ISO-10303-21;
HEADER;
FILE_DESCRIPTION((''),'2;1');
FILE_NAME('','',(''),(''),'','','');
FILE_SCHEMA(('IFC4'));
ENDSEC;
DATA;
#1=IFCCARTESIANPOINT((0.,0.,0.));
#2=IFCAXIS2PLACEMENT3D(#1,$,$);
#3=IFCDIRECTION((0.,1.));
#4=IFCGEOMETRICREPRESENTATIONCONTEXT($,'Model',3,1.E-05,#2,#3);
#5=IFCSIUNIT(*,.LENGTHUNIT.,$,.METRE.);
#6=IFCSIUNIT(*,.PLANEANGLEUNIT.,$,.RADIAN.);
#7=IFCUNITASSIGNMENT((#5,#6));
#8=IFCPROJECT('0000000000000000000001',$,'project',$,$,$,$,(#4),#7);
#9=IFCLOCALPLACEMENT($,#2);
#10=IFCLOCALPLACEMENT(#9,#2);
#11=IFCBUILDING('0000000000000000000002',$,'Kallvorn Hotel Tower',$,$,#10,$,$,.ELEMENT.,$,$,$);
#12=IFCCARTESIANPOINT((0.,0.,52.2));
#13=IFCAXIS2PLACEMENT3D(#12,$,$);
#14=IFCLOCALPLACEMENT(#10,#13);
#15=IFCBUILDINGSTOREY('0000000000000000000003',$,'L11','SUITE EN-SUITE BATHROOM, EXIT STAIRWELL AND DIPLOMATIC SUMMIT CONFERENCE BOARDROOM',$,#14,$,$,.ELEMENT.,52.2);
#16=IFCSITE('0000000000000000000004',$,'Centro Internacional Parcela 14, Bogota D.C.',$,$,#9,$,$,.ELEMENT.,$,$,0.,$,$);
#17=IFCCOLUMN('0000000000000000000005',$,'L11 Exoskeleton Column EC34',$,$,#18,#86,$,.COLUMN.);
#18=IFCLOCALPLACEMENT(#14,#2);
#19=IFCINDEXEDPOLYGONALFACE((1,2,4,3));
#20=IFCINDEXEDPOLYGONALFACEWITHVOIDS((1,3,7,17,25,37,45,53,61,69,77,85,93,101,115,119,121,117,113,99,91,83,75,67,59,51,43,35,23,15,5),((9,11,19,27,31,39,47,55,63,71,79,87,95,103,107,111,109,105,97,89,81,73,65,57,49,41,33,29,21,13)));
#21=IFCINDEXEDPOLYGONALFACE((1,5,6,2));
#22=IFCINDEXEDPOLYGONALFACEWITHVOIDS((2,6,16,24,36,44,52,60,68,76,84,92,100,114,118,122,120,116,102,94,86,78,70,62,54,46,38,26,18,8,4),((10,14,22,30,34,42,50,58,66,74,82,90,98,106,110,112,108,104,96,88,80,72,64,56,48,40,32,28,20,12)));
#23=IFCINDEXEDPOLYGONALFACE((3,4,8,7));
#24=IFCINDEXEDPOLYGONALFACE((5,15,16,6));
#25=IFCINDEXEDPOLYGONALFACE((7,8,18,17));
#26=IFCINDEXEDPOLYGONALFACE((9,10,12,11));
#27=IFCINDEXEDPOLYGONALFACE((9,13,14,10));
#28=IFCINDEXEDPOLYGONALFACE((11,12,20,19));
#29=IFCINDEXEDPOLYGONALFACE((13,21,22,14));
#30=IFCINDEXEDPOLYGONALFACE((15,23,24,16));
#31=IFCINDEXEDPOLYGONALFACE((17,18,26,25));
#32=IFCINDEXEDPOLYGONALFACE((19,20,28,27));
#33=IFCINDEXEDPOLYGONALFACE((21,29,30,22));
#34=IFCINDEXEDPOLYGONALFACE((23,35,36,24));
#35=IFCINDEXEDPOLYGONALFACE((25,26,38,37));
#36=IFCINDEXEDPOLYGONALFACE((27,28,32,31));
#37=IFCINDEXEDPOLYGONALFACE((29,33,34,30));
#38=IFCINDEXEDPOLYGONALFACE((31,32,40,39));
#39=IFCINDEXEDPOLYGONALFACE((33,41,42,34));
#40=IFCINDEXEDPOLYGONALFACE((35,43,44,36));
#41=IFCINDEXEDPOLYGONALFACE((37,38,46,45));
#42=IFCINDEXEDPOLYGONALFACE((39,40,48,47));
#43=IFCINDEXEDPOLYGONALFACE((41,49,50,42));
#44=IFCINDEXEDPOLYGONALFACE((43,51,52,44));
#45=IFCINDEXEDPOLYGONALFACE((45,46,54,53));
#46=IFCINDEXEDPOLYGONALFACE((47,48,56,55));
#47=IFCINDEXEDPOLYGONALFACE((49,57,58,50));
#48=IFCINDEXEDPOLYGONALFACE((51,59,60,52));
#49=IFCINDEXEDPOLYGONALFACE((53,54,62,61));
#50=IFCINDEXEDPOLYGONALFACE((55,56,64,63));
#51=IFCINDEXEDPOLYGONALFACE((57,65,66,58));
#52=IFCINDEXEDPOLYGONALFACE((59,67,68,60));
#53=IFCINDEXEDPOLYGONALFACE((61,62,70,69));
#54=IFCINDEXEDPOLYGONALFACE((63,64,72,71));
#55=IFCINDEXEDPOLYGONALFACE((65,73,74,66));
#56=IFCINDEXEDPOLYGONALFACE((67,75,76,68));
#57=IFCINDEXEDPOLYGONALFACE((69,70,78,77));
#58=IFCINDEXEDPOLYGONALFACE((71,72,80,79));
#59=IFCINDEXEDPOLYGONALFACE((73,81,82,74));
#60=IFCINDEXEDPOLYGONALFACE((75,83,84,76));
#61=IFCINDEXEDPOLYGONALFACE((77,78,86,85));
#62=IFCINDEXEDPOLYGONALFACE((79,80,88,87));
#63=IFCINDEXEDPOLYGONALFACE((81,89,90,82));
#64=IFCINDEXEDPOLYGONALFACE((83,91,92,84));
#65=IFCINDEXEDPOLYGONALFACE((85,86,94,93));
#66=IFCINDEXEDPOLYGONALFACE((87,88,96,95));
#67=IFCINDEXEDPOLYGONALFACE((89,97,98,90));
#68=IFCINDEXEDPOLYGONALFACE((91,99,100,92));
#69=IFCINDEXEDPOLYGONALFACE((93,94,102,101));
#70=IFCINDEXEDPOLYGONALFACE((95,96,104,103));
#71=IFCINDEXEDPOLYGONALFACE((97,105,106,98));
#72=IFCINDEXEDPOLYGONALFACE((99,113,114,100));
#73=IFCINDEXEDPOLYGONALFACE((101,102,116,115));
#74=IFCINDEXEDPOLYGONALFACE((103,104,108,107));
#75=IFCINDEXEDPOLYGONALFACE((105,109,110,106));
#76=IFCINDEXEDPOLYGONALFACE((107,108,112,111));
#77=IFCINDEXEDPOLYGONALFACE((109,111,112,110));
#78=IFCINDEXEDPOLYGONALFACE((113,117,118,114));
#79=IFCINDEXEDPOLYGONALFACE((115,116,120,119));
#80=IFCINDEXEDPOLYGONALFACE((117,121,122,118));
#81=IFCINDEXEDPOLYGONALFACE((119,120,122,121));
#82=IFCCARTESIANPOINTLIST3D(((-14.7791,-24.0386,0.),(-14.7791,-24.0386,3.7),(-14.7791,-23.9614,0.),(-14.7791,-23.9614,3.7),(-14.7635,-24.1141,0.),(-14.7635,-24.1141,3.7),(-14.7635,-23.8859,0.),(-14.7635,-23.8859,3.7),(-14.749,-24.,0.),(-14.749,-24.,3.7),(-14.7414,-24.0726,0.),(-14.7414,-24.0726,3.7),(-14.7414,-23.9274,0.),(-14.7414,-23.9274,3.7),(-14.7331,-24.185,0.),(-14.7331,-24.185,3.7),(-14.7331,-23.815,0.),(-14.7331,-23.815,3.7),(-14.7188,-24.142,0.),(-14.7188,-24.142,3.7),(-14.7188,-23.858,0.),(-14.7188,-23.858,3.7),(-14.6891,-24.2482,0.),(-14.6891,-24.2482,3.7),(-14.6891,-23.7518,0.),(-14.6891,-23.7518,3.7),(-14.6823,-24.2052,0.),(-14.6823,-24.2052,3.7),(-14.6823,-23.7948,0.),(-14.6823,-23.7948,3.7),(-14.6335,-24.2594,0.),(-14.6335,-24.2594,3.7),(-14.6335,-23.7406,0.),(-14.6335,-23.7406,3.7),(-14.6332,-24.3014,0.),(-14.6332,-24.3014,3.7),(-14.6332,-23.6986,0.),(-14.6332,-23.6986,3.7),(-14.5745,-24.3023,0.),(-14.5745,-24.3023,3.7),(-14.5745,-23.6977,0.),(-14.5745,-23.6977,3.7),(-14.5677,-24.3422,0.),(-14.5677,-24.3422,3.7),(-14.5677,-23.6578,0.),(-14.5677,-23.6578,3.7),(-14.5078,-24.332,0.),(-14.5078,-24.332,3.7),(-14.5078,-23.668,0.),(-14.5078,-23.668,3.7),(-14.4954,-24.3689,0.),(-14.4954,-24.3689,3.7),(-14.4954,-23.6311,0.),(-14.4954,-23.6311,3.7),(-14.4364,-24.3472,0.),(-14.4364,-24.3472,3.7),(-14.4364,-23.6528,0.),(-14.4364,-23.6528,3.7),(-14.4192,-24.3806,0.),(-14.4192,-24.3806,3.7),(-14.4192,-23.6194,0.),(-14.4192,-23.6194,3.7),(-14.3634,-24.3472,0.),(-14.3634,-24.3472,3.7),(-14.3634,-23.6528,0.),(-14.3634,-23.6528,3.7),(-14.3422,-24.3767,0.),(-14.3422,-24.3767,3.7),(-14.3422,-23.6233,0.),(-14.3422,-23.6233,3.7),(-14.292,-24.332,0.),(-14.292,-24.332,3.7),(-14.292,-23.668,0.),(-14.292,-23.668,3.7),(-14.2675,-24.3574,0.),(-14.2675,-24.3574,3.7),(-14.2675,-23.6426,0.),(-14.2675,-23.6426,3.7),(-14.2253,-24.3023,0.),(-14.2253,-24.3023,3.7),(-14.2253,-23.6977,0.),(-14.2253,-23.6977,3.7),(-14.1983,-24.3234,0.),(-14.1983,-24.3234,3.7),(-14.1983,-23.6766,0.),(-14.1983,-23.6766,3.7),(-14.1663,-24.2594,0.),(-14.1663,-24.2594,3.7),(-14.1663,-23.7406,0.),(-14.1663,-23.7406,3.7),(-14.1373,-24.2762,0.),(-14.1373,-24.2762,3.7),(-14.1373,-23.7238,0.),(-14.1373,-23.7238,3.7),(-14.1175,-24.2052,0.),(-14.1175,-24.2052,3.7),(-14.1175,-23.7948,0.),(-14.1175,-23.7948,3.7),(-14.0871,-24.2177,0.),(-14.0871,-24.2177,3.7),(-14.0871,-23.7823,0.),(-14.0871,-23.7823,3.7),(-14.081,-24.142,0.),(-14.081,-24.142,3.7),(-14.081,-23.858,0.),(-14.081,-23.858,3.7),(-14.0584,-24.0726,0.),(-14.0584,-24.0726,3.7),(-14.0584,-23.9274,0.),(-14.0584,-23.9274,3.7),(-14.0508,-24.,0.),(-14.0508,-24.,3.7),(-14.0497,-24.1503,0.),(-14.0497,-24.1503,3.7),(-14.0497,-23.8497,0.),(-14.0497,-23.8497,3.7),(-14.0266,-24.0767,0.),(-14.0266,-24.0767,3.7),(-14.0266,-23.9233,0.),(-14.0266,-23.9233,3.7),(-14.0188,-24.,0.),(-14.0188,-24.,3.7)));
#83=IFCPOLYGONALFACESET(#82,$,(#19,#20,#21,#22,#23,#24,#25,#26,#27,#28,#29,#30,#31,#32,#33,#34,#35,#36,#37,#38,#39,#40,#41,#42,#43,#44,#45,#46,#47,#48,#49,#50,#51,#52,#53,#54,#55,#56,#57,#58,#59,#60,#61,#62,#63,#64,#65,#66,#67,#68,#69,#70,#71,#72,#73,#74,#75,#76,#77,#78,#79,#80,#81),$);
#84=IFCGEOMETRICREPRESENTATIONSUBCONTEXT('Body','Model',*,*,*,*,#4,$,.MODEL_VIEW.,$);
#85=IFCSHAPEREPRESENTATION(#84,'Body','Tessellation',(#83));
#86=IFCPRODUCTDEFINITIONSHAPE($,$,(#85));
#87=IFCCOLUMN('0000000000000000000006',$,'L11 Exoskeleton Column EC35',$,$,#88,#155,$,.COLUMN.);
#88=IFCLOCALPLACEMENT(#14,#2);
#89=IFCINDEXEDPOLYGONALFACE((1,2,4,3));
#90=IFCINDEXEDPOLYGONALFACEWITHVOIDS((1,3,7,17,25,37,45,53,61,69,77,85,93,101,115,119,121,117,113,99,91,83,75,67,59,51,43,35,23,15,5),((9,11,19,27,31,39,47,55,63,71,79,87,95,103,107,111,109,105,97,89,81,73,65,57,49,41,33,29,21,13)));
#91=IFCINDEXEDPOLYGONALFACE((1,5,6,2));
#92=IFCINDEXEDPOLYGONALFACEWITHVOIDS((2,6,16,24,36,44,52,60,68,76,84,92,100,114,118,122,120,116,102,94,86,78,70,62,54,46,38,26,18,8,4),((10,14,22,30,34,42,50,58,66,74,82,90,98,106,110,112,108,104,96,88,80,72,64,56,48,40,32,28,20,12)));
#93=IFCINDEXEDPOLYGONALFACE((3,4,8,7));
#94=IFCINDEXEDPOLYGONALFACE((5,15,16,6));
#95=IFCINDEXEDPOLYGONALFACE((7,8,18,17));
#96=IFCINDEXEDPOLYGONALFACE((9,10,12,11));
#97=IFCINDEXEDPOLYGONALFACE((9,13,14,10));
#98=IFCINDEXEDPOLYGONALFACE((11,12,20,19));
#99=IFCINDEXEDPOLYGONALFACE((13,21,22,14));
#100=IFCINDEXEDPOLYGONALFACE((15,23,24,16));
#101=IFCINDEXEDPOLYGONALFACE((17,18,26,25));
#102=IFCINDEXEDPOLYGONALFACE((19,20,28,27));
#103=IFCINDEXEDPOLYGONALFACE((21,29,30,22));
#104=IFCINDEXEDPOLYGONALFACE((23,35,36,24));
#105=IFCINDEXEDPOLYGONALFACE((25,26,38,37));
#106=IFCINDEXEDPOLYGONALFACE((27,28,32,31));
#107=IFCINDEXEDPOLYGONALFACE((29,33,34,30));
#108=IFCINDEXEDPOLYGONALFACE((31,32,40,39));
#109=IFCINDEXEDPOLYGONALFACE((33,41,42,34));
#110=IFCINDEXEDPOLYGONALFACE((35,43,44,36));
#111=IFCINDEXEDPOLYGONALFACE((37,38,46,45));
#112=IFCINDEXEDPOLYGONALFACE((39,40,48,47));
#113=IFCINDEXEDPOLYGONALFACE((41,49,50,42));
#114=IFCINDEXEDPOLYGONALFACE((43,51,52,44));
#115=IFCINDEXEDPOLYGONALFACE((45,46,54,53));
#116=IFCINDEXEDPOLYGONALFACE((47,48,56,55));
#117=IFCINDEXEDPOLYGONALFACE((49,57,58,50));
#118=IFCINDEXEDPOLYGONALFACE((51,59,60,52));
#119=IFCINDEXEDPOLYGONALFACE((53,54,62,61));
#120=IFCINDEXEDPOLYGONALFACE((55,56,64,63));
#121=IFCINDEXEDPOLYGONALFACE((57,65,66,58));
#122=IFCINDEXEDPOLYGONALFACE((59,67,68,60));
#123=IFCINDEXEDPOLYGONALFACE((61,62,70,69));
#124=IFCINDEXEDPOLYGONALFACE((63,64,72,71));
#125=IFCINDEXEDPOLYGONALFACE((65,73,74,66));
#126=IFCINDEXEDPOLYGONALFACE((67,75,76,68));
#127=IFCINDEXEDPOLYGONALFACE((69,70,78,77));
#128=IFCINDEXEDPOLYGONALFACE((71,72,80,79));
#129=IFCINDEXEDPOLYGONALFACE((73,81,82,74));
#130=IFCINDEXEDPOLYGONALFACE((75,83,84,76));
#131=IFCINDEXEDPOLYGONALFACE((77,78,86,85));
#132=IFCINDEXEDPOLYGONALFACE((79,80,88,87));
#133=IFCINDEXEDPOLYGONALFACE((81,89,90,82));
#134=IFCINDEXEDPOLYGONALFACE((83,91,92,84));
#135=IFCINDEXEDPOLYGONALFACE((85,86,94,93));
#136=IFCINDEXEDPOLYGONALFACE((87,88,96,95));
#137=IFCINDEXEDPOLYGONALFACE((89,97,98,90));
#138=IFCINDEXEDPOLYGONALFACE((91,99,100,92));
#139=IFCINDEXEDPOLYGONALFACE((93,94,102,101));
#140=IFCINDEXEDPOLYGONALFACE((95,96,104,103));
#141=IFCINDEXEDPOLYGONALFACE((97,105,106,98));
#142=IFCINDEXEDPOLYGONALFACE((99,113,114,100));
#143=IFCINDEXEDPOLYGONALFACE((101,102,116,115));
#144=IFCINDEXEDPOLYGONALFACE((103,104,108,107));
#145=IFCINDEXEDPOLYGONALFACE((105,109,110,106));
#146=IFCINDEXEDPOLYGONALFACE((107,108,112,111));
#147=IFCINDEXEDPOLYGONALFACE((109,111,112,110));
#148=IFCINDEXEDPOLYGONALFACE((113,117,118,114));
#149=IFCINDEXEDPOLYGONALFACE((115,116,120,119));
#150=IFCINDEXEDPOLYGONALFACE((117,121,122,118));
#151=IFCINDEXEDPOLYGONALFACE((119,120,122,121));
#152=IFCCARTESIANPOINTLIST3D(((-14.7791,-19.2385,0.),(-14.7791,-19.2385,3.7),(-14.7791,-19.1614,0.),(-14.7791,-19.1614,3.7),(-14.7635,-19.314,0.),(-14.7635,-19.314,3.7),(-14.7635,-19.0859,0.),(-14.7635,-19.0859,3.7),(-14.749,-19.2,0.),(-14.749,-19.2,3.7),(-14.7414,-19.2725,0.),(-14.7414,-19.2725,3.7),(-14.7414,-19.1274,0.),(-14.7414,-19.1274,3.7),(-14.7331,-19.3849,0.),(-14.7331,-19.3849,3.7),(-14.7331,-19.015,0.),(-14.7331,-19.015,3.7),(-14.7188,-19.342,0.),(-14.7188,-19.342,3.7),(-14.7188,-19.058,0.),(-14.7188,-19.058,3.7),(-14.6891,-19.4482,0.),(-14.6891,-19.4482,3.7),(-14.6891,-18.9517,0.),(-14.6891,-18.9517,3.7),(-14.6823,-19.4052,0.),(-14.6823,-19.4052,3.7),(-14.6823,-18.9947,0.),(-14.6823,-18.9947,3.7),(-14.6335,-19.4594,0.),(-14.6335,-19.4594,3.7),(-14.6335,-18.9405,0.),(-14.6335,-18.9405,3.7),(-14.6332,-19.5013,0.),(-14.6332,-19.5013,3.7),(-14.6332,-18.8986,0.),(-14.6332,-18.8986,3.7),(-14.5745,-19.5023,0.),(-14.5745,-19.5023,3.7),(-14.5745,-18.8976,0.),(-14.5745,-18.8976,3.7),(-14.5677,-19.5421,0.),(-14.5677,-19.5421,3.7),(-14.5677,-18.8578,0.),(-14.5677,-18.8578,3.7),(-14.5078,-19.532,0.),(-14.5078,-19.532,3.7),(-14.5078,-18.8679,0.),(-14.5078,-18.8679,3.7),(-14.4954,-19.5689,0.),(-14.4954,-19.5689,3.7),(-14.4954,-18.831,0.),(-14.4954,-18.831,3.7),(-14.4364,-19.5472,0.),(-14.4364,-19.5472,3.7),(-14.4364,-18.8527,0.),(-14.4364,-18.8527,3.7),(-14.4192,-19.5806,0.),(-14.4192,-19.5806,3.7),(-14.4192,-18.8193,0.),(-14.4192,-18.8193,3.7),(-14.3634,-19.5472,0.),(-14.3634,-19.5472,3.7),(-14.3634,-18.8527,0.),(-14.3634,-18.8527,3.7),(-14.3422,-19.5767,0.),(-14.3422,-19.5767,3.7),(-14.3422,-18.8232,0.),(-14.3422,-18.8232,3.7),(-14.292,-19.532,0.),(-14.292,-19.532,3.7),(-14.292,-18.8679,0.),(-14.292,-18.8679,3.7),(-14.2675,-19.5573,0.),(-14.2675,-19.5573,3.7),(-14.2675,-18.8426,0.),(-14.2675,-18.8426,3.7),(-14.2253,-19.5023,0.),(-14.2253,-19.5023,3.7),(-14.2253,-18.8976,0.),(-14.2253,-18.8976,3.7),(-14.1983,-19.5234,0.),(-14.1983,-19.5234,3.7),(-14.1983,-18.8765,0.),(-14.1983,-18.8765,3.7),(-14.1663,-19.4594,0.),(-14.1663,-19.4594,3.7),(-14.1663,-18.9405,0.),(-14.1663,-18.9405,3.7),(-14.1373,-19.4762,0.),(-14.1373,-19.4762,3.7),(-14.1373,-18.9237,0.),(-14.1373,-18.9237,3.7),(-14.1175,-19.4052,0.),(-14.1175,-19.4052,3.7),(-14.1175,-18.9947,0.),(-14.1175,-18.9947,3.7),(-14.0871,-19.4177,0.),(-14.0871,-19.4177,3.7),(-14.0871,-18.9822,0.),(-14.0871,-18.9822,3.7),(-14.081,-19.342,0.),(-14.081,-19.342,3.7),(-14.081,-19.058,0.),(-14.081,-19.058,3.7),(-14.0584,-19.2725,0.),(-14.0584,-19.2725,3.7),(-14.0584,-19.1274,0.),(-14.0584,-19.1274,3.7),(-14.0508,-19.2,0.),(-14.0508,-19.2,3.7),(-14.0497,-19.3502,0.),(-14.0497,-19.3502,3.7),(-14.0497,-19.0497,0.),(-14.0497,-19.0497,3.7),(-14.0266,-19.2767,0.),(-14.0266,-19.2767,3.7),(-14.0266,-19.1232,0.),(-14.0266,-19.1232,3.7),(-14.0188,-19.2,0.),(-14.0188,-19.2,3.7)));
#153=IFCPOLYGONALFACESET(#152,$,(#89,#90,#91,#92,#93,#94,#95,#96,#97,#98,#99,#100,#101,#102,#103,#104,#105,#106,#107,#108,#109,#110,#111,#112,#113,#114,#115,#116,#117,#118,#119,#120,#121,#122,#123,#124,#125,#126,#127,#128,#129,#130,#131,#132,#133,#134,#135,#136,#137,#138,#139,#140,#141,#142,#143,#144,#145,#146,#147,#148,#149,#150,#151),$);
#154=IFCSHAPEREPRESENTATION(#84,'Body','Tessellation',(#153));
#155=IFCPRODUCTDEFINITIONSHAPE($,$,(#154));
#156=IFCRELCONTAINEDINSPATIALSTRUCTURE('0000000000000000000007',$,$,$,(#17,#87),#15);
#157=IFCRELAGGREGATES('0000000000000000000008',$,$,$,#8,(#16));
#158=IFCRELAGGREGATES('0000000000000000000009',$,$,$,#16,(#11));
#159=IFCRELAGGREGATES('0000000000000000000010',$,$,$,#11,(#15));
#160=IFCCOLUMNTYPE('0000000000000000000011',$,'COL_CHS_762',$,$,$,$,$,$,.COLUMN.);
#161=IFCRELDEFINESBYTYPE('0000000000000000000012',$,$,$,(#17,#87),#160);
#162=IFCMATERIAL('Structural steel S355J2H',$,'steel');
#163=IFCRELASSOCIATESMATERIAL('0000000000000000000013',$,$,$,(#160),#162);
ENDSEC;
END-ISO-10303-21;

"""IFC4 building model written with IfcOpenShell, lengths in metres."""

from ifc_helpers import new_model, si_unit, direction, frame, origin, origin_2d, place, context, subcontext, project, spatial, hollow_circle, extrude, material, material_profile, profile_set, type_object, element, save


model = new_model("IFC4")

# Units and contexts
model_context = context("Model", 3, precision=1e-05, world=origin(), true_north=direction((0.0, 1.0)))
body_context = subcontext(model_context, "Body", "Model", "MODEL_VIEW")
ifc_project = project(units=[si_unit("LENGTHUNIT", "METRE"), si_unit("PLANEANGLEUNIT", "RADIAN")], contexts=[model_context])

# Site, building, storey
site_placement = place(None, origin())
site = spatial("IfcSite", under=ifc_project, at=site_placement, Name="Centro Internacional Parcela 14, Bogota D.C.", CompositionType="ELEMENT", RefElevation=0.0)
building_placement = place(site_placement, origin())
building = spatial("IfcBuilding", under=site, at=building_placement, Name="Kallvorn Hotel Tower", CompositionType="ELEMENT")
storey_placement = place(building_placement, frame((0.0, 0.0, 52.2)))
storey = spatial("IfcBuildingStorey", under=building, at=storey_placement, Name="L11", Description="SUITE EN-SUITE BATHROOM, EXIT STAIRWELL AND DIPLOMATIC SUMMIT CONFERENCE BOARDROOM", CompositionType="ELEMENT", Elevation=52.2)

# Columns
ifc_material_1 = material(Name="Structural steel S355J2H", Category="steel")
ifc_material_profile_1 = material_profile(ifc_material_1, hollow_circle(Radius=0.3811, WallThickness=0.032, at=origin_2d()), Name="CHS 762x32")
ifc_profile_set_1 = profile_set([ifc_material_profile_1], Name="Structural steel S355J2H")
column_type_1 = type_object("IfcColumnType", Name="COL_CHS_762", PredefinedType="COLUMN", material=ifc_profile_set_1)
for number, where, z_axis, x_axis, name in (
    (1, (-14.3999, -24.0, 0.0), (0.0, 0.0, 1.0), (1.0, 0.0, 0.0), "L11 Exoskeleton Column EC34"),
    (2, (-14.3999, -19.2, 0.0), (0.0, 0.0, 1.0), (1.0, 0.0, 0.0), "L11 Exoskeleton Column EC35"),
):
    element("IfcColumn", number, at=place(storey_placement, frame(where, z_axis=z_axis, x_axis=x_axis)), inside=storey, type_object=column_type_1, Name=name, PredefinedType="COLUMN", context=body_context, shape_type="SweptSolid", body=[
        extrude(hollow_circle(Radius=0.3811, WallThickness=0.032, at=origin_2d()), origin(), (0.0, 0.0, 1.0), 3.7),
    ])

save(model, "model.ifc")
